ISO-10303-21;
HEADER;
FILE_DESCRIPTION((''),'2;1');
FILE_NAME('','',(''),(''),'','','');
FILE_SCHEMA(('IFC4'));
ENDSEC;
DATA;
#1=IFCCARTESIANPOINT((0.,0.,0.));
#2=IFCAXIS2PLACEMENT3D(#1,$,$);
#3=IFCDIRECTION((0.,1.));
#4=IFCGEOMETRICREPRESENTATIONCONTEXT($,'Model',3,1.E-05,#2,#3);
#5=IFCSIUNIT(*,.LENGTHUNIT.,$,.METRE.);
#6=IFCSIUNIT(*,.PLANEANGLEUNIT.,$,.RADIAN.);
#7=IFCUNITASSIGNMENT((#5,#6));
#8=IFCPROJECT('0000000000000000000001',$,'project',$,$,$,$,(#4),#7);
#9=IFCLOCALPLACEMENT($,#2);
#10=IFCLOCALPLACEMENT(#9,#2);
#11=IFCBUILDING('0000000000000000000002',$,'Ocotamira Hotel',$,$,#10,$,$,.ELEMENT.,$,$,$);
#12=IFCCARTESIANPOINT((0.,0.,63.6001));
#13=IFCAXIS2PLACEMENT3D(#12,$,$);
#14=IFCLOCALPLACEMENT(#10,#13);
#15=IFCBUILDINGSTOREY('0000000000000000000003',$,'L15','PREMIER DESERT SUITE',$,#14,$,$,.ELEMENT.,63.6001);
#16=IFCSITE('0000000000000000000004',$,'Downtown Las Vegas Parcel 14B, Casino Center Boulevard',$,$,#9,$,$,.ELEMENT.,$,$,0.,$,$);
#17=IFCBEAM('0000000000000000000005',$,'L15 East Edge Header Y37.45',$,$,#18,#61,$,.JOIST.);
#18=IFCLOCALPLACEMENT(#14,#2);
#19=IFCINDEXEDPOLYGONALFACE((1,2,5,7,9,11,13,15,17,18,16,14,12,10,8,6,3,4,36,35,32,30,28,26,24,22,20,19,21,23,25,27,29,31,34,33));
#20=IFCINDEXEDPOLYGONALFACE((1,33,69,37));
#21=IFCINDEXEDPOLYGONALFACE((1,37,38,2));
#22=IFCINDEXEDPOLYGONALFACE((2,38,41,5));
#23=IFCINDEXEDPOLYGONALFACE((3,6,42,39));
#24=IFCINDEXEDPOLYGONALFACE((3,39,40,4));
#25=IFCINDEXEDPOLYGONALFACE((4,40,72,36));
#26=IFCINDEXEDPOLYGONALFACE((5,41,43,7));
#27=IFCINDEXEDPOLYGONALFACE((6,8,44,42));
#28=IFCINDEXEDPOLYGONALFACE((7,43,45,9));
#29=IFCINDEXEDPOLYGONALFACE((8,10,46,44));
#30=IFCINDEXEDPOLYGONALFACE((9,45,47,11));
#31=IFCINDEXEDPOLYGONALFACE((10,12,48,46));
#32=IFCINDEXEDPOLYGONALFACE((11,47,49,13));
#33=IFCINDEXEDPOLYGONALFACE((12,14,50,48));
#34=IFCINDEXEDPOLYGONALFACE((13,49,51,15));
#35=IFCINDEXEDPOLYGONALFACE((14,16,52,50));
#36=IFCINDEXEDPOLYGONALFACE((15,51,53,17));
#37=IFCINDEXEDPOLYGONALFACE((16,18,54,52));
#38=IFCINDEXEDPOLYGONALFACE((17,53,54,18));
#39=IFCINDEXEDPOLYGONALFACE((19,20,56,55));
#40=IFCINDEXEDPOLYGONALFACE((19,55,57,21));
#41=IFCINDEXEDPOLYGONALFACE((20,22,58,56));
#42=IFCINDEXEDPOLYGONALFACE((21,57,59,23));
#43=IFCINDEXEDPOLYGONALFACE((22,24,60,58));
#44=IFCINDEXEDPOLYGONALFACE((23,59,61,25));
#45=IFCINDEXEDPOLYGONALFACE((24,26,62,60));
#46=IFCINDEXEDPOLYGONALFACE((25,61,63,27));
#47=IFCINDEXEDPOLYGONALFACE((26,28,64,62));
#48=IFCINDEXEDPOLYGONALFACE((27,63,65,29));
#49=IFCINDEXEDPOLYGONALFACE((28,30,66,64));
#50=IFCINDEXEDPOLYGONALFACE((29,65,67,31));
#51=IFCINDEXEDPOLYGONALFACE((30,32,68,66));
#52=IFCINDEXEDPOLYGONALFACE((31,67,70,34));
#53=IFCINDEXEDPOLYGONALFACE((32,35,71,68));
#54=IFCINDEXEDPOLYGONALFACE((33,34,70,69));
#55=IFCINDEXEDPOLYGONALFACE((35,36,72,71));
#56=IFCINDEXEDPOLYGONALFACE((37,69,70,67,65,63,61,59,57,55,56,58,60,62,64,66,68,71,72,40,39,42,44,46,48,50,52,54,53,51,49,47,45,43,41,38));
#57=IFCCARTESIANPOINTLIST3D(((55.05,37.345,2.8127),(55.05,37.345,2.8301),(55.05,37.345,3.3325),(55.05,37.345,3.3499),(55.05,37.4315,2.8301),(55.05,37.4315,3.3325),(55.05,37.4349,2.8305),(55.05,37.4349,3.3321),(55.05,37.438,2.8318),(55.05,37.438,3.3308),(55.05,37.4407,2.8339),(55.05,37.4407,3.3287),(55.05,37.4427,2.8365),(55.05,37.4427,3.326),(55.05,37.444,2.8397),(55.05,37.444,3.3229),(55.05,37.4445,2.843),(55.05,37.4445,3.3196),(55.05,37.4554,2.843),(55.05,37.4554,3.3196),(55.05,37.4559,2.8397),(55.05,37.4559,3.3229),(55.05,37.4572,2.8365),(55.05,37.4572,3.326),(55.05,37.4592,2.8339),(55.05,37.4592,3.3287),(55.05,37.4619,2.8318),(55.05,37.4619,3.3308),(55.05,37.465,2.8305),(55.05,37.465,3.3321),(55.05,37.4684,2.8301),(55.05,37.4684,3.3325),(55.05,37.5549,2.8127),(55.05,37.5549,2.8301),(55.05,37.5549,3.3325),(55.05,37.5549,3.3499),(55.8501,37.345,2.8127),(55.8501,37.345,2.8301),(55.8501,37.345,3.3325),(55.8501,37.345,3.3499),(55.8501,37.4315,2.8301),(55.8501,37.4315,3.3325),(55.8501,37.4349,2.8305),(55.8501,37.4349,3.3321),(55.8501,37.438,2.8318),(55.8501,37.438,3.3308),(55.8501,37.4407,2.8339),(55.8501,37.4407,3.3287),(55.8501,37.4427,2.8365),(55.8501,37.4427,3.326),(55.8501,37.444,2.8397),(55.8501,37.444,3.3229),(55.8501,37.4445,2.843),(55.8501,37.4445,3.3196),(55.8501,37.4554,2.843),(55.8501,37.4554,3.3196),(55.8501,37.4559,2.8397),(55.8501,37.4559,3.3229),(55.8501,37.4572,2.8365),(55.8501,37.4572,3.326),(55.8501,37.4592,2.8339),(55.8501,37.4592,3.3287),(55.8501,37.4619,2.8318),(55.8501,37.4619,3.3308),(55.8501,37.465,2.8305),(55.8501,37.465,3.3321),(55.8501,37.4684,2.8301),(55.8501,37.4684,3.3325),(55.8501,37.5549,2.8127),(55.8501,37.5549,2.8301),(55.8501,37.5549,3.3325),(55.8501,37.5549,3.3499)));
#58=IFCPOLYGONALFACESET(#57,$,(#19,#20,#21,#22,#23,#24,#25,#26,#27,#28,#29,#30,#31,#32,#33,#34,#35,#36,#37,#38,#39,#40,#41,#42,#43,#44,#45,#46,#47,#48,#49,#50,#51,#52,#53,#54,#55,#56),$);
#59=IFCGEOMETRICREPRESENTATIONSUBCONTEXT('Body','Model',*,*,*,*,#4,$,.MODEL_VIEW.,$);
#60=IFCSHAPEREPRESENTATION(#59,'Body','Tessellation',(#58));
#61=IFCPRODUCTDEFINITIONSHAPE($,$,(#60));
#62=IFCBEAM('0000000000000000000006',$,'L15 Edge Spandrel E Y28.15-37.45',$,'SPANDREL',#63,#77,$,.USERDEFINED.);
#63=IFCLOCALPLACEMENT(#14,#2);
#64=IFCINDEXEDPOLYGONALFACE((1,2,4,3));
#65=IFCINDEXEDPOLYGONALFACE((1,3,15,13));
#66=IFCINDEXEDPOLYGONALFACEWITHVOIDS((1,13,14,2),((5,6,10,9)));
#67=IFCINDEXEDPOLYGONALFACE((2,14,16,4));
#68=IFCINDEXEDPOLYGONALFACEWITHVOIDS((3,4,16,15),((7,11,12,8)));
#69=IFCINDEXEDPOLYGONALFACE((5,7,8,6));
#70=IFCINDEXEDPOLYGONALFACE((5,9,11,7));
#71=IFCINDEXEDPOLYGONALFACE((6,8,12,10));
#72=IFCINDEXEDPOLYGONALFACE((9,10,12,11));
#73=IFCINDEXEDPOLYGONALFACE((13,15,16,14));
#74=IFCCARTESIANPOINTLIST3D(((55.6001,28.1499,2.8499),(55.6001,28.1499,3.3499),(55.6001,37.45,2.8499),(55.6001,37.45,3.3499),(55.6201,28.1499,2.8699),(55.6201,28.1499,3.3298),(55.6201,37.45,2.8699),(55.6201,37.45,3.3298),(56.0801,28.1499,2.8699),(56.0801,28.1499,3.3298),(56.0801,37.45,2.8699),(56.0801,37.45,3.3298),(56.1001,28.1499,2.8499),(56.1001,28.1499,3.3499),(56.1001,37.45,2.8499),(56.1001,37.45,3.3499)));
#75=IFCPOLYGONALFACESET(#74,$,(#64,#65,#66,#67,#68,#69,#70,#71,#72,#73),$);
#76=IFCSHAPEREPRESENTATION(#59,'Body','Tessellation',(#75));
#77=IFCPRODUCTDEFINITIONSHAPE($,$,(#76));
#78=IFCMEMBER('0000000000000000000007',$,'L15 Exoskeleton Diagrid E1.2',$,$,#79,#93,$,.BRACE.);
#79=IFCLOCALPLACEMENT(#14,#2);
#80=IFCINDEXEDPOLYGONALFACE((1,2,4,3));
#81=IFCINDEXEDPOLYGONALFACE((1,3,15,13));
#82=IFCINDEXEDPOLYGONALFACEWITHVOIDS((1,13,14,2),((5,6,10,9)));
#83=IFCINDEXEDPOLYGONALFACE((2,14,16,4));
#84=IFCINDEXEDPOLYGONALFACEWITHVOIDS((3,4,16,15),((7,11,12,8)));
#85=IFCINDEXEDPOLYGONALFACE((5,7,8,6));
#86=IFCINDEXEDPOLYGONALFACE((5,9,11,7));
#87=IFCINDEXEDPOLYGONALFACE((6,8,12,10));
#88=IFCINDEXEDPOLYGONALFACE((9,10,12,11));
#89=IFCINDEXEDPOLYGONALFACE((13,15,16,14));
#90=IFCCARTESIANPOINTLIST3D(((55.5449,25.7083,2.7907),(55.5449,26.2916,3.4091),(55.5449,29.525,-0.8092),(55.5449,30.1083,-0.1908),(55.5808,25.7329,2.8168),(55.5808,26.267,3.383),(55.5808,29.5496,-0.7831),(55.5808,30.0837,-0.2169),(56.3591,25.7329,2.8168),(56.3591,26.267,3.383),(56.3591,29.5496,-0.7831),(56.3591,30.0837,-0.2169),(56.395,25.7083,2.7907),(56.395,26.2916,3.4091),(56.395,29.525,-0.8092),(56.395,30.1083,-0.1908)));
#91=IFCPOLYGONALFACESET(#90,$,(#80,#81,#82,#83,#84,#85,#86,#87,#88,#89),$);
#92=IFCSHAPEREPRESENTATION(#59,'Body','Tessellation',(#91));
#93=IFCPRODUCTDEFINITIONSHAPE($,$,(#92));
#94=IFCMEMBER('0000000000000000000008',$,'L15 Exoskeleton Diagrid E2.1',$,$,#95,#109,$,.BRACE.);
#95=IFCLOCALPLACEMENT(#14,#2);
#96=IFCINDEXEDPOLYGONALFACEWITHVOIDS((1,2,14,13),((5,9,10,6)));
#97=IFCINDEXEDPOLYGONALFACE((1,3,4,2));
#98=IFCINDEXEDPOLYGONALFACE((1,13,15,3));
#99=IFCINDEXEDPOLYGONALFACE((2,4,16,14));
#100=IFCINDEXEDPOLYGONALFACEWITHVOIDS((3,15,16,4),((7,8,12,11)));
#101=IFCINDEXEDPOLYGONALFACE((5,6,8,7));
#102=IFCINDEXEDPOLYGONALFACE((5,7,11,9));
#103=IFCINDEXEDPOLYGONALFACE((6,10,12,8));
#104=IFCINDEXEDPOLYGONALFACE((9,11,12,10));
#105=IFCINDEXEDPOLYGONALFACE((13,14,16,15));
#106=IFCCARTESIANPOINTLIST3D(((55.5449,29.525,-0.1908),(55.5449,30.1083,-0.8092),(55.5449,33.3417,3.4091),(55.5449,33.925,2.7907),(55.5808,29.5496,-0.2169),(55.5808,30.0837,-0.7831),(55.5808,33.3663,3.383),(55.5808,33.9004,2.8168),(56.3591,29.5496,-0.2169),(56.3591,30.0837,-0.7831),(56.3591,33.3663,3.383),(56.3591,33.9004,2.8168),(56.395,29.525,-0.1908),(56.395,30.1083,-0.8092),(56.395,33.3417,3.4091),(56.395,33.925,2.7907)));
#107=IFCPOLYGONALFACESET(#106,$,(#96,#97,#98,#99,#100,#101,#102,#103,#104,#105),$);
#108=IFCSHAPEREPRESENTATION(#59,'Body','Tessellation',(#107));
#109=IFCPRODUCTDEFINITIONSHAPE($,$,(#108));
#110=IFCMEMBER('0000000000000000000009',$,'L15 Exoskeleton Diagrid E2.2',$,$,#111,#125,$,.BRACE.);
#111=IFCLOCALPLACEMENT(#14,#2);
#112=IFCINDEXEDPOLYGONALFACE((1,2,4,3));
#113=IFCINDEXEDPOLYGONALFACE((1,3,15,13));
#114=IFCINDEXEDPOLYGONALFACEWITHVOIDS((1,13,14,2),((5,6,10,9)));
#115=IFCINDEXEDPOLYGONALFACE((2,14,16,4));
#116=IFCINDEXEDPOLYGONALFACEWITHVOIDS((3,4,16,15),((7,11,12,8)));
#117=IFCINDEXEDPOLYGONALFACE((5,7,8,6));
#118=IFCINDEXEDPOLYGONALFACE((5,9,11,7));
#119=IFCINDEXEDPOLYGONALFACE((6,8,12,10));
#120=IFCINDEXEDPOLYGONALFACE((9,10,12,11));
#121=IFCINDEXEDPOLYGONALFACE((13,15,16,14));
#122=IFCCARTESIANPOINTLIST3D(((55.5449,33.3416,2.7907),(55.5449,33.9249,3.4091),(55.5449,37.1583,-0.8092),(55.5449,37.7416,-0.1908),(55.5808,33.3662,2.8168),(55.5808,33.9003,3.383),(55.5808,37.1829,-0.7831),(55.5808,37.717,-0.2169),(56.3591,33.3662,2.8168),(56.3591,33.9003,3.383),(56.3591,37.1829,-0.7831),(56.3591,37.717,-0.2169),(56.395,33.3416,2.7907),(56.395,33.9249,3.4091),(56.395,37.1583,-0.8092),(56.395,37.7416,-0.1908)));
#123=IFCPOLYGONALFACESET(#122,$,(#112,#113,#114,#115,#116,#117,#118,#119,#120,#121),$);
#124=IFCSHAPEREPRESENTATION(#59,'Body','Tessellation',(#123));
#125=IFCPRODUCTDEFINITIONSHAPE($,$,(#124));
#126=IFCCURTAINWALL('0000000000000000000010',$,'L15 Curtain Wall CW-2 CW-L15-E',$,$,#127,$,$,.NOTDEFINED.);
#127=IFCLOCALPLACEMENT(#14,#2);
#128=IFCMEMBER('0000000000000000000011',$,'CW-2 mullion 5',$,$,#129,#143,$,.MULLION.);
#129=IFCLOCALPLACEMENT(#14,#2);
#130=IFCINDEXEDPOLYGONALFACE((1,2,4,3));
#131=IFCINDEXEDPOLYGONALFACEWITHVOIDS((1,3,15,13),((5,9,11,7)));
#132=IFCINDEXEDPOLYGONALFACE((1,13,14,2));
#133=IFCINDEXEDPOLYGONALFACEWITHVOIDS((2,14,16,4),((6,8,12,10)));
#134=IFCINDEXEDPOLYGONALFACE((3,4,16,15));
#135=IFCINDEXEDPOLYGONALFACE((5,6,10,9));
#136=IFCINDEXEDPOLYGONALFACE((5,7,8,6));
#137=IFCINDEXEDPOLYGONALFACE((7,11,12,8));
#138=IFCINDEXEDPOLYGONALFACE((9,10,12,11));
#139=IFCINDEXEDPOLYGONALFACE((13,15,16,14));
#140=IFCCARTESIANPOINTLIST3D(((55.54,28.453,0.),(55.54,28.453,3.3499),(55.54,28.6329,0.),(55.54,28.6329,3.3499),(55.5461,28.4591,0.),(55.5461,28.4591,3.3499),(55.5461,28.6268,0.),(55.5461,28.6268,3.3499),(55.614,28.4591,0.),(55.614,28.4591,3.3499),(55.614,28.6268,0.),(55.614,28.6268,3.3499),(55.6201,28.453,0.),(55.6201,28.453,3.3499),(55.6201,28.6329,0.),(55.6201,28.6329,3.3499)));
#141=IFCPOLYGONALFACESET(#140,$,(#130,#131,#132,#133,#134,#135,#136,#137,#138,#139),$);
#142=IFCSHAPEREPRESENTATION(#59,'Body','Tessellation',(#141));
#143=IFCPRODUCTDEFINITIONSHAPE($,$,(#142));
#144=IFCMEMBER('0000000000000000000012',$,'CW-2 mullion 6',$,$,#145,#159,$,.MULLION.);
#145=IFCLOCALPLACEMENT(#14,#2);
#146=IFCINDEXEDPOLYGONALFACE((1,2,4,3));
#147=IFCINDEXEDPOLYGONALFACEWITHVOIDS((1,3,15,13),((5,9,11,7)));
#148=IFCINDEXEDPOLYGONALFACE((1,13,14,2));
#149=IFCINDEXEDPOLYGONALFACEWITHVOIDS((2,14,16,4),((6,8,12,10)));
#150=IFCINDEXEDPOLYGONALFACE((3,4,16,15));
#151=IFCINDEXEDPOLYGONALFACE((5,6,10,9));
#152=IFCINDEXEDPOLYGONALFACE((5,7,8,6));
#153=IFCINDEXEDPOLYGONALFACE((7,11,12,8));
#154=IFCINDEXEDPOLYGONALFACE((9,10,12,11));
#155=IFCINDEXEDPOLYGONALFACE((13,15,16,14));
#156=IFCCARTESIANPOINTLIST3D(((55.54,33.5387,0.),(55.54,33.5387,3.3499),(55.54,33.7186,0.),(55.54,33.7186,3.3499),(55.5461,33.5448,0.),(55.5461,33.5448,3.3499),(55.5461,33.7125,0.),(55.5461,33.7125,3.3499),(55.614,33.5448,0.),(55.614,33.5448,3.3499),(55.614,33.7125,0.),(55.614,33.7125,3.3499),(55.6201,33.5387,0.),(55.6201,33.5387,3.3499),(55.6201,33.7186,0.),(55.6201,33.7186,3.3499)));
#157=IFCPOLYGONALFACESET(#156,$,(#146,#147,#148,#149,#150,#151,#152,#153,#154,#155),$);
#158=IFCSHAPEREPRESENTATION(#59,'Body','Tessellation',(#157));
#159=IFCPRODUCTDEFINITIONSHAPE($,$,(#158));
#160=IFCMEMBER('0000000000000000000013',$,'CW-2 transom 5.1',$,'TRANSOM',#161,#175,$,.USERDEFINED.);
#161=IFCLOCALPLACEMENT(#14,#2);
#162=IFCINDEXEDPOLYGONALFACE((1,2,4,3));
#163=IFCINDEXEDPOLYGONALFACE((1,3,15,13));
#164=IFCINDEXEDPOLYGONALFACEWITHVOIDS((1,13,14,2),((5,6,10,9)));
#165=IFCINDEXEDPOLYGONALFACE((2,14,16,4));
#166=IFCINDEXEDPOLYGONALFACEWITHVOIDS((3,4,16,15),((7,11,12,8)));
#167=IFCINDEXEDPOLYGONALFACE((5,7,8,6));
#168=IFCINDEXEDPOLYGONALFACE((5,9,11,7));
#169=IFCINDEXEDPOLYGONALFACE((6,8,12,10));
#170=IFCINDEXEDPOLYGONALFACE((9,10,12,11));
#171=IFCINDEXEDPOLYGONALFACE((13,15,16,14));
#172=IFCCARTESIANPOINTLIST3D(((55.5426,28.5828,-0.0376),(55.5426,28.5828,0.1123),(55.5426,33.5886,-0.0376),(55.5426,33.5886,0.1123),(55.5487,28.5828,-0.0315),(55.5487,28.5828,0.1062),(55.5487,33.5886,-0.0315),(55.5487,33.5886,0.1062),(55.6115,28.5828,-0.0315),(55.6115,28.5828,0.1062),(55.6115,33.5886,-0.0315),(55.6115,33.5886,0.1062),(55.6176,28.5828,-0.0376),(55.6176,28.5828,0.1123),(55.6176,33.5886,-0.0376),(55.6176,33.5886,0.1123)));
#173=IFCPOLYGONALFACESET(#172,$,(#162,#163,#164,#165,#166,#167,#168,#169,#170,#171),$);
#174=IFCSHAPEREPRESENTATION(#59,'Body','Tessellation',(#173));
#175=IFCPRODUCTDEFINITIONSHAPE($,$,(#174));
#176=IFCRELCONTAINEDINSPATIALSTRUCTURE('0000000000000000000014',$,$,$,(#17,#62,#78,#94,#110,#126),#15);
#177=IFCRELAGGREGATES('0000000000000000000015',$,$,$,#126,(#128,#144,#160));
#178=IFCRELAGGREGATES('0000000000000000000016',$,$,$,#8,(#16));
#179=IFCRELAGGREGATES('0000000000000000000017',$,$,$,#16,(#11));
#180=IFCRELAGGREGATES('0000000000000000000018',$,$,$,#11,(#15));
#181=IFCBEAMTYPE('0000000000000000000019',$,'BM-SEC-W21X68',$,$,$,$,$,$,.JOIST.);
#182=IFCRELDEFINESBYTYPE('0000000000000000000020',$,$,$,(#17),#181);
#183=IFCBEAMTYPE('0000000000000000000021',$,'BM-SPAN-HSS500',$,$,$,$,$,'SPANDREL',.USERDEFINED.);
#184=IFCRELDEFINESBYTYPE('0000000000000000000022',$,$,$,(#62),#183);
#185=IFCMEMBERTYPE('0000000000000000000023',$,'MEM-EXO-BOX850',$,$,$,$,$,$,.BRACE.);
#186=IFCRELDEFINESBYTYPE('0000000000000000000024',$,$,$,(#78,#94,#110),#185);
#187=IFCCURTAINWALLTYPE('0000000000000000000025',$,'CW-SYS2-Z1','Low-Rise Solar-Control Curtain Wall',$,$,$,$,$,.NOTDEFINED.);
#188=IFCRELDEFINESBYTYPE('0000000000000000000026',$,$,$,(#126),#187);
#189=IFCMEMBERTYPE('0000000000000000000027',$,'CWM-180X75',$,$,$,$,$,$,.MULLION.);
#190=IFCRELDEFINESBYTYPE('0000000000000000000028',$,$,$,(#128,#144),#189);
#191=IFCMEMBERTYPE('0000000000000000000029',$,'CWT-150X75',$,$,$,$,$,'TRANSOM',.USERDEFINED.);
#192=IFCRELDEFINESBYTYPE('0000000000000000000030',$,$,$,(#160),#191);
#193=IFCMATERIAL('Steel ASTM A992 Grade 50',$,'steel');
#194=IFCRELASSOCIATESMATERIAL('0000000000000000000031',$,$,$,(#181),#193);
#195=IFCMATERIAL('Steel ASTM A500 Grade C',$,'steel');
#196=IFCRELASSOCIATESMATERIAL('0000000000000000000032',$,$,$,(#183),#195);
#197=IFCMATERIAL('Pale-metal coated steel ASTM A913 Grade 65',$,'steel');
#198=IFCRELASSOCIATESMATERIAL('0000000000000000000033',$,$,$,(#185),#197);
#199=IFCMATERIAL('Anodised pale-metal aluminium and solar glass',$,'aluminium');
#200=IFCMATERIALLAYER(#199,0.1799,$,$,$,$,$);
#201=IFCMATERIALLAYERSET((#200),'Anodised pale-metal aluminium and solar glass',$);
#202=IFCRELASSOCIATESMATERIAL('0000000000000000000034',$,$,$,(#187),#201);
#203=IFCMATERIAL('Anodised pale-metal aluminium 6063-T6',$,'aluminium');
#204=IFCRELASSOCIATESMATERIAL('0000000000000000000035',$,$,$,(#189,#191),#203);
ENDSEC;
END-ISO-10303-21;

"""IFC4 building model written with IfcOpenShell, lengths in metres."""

from ifc_helpers import new_model, si_unit, direction, frame, origin, origin_2d, place, context, subcontext, project, spatial, hollow_rectangle, i_section, extrude, source, transform, mapped, material, layer, layer_set, material_profile, profile_set, type_object, element, aggregate, save


model = new_model("IFC4")

# Units and contexts
model_context = context("Model", 3, precision=1e-05, world=origin(), true_north=direction((0.0, 1.0)))
body_context = subcontext(model_context, "Body", "Model", "MODEL_VIEW")
ifc_project = project(units=[si_unit("LENGTHUNIT", "METRE"), si_unit("PLANEANGLEUNIT", "RADIAN")], contexts=[model_context])

# Site, building, storey
site_placement = place(None, origin())
site = spatial("IfcSite", under=ifc_project, at=site_placement, Name="Downtown Las Vegas Parcel 14B, Casino Center Boulevard", CompositionType="ELEMENT", RefElevation=0.0)
building_placement = place(site_placement, origin())
building = spatial("IfcBuilding", under=site, at=building_placement, Name="Ocotamira Hotel", CompositionType="ELEMENT")
storey_placement = place(building_placement, frame((0.0, 0.0, 63.6001)))
storey = spatial("IfcBuildingStorey", under=building, at=storey_placement, Name="L15", Description="PREMIER DESERT SUITE", CompositionType="ELEMENT", Elevation=63.6001)

# Beams
ifc_material_1 = material(Name="Steel ASTM A500 Grade C", Category="steel")
ifc_material_2 = material(Name="Steel ASTM A992 Grade 50", Category="steel")
ifc_material_profile_1 = material_profile(ifc_material_2, i_section(OverallWidth=0.21, OverallDepth=0.5371, WebThickness=0.011, FlangeThickness=0.0173, FilletRadius=0.0129, at=origin_2d()), Name="W21X68")
ifc_profile_set_1 = profile_set([ifc_material_profile_1], Name="Steel ASTM A992 Grade 50")
beam_type_1 = type_object("IfcBeamType", Name="BM-SEC-W21X68", PredefinedType="JOIST", material=ifc_profile_set_1)
shared_shape_1 = source(origin(), body_context, "Body", "SweptSolid", [
    extrude(i_section(OverallWidth=0.21, OverallDepth=0.5371, WebThickness=0.011, FlangeThickness=0.0173, FilletRadius=0.0129, at=origin_2d()), origin(), (0.0, 0.0, 1.0), 0.8),
])
for number, where, z_axis, x_axis, name in (
    (1, (55.05, 37.45, 3.0813), (1.0, 0.0, 0.0), (0.0, 1.0, 0.0), "L15 East Edge Header Y37.45"),
):
    element("IfcBeam", number, at=place(storey_placement, frame(where, z_axis=z_axis, x_axis=x_axis)), inside=storey, type_object=beam_type_1, Name=name, PredefinedType="JOIST", context=body_context, shape_type="MappedRepresentation", body=[
        mapped(shared_shape_1, transform((0.0, 0.0, 0.0), scale=1.0)),
    ])
ifc_material_profile_2 = material_profile(ifc_material_1, hollow_rectangle(XDim=0.5, YDim=0.5, WallThickness=0.02, at=origin_2d()), Name="HSS500X500X20")
ifc_profile_set_2 = profile_set([ifc_material_profile_2], Name="Steel ASTM A500 Grade C")
beam_type_2 = type_object("IfcBeamType", Name="BM-SPAN-HSS500", ElementType="SPANDREL", PredefinedType="USERDEFINED", material=ifc_profile_set_2)
shared_shape_2 = source(origin(), body_context, "Body", "SweptSolid", [
    extrude(hollow_rectangle(XDim=0.5, YDim=0.5, WallThickness=0.02, at=origin_2d()), origin(), (0.0, 0.0, 1.0), 9.3),
])
beam_1_placement = place(storey_placement, frame((55.8501, 28.1499, 3.0999), z_axis=(0.0, 1.0, 0.0), x_axis=(-1.0, 0.0, 0.0)))
element("IfcBeam", 2, at=beam_1_placement, inside=storey, type_object=beam_type_2, Name="L15 Edge Spandrel E Y28.15-37.45", ObjectType="SPANDREL", PredefinedType="USERDEFINED", context=body_context, shape_type="MappedRepresentation", body=[
    mapped(shared_shape_2, transform((0.0, 0.0, 0.0), scale=1.0)),
])

# Members
ifc_material_3 = material(Name="Pale-metal coated steel ASTM A913 Grade 65", Category="steel")
ifc_material_profile_3 = material_profile(ifc_material_3, hollow_rectangle(XDim=0.8501, YDim=0.8501, WallThickness=0.0359, at=origin_2d()), Name="BOX850X850X36")
ifc_profile_set_3 = profile_set([ifc_material_profile_3], Name="Pale-metal coated steel ASTM A913 Grade 65")
member_type_1 = type_object("IfcMemberType", Name="MEM-EXO-BOX850", PredefinedType="BRACE", material=ifc_profile_set_3)
shared_shape_3 = source(origin(), body_context, "Body", "SweptSolid", [
    extrude(hollow_rectangle(XDim=0.8501, YDim=0.8501, WallThickness=0.0359, at=origin_2d()), origin(), (0.0, 0.0, 1.0), 5.2466),
])
for number, where, z_axis, x_axis, name in (
    (3, (55.97, 29.8167, -0.5), (0.0, -0.727466, 0.686144), (1.0, 0.0, 0.0), "L15 Exoskeleton Diagrid E1.2"),
    (4, (55.97, 29.8167, -0.5), (0.0, 0.727466, 0.686144), (-1.0, 0.0, 0.0), "L15 Exoskeleton Diagrid E2.1"),
    (5, (55.97, 37.45, -0.5), (0.0, -0.727466, 0.686144), (1.0, 0.0, 0.0), "L15 Exoskeleton Diagrid E2.2"),
):
    element("IfcMember", number, at=place(storey_placement, frame(where, z_axis=z_axis, x_axis=x_axis)), inside=storey, type_object=member_type_1, Name=name, PredefinedType="BRACE", context=body_context, shape_type="MappedRepresentation", body=[
        mapped(shared_shape_3, transform((0.0, 0.0, 0.0), scale=1.0)),
    ])

# Curtain wall, members
ifc_material_4 = material(Name="Anodised pale-metal aluminium and solar glass", Category="aluminium")
ifc_layer_1 = layer(ifc_material_4, 0.1799)
ifc_layer_set_1 = layer_set([ifc_layer_1], Name="Anodised pale-metal aluminium and solar glass")
curtain_wall_type = type_object("IfcCurtainWallType", Name="CW-SYS2-Z1", Description="Low-Rise Solar-Control Curtain Wall", PredefinedType="NOTDEFINED", material=ifc_layer_set_1)
curtain_wall_placement = place(storey_placement, origin())
curtain_wall = element("IfcCurtainWall", 6, at=curtain_wall_placement, inside=storey, type_object=curtain_wall_type, Name="L15 Curtain Wall CW-2 CW-L15-E", PredefinedType="NOTDEFINED")
ifc_material_5 = material(Name="Anodised pale-metal aluminium 6063-T6", Category="aluminium")
ifc_material_profile_4 = material_profile(ifc_material_5, hollow_rectangle(XDim=0.0801, YDim=0.1799, WallThickness=0.0061, at=origin_2d()), Name="HSS180X80X6")
ifc_profile_set_4 = profile_set([ifc_material_profile_4], Name="Anodised pale-metal aluminium 6063-T6")
member_type_2 = type_object("IfcMemberType", Name="CWM-180X75", PredefinedType="MULLION", material=ifc_profile_set_4)
shared_shape_4 = source(origin(), body_context, "Body", "SweptSolid", [
    extrude(hollow_rectangle(XDim=0.0801, YDim=0.1799, WallThickness=0.0061, at=origin_2d()), origin(), (0.0, 0.0, 1.0), 3.3499),
])
member_1_placement = place(storey_placement, frame((55.5801, 28.543, 0.0), z_axis=(0.0, 0.0, 1.0), x_axis=(-1.0, 0.0, 0.0)))
member_1 = element("IfcMember", 7, at=member_1_placement, type_object=member_type_2, Name="CW-2 mullion 5", PredefinedType="MULLION", context=body_context, shape_type="MappedRepresentation", body=[
    mapped(shared_shape_4, transform((0.0, 0.0, 0.0), scale=1.0)),
])
member_2_placement = place(storey_placement, frame((55.5801, 33.6287, 0.0), z_axis=(0.0, 0.0, 1.0), x_axis=(-1.0, 0.0, 0.0)))
member_2 = element("IfcMember", 8, at=member_2_placement, type_object=member_type_2, Name="CW-2 mullion 6", PredefinedType="MULLION", context=body_context, shape_type="MappedRepresentation", body=[
    mapped(shared_shape_4, transform((0.0, 0.0, 0.0), scale=1.0)),
])
ifc_material_profile_5 = material_profile(ifc_material_5, hollow_rectangle(XDim=0.075, YDim=0.1499, WallThickness=0.0061, at=origin_2d()), Name="HSS150X75X6")
ifc_profile_set_5 = profile_set([ifc_material_profile_5], Name="Anodised pale-metal aluminium 6063-T6")
member_type_3 = type_object("IfcMemberType", Name="CWT-150X75", ElementType="TRANSOM", PredefinedType="USERDEFINED", material=ifc_profile_set_5)
shared_shape_5 = source(origin(), body_context, "Body", "SweptSolid", [
    extrude(hollow_rectangle(XDim=0.075, YDim=0.1499, WallThickness=0.0061, at=origin_2d()), origin(), (0.0, 0.0, 1.0), 5.0059),
])
member_3_placement = place(storey_placement, frame((55.5801, 28.5828, 0.0374), z_axis=(0.0, 1.0, 0.0), x_axis=(-1.0, 0.0, 0.0)))
member_3 = element("IfcMember", 9, at=member_3_placement, type_object=member_type_3, Name="CW-2 transom 5.1", ObjectType="TRANSOM", PredefinedType="USERDEFINED", context=body_context, shape_type="MappedRepresentation", body=[
    mapped(shared_shape_5, transform((0.0, 0.0, 0.0), scale=1.0)),
])

aggregate(curtain_wall, [member_1, member_2, member_3])

save(model, "model.ifc")
